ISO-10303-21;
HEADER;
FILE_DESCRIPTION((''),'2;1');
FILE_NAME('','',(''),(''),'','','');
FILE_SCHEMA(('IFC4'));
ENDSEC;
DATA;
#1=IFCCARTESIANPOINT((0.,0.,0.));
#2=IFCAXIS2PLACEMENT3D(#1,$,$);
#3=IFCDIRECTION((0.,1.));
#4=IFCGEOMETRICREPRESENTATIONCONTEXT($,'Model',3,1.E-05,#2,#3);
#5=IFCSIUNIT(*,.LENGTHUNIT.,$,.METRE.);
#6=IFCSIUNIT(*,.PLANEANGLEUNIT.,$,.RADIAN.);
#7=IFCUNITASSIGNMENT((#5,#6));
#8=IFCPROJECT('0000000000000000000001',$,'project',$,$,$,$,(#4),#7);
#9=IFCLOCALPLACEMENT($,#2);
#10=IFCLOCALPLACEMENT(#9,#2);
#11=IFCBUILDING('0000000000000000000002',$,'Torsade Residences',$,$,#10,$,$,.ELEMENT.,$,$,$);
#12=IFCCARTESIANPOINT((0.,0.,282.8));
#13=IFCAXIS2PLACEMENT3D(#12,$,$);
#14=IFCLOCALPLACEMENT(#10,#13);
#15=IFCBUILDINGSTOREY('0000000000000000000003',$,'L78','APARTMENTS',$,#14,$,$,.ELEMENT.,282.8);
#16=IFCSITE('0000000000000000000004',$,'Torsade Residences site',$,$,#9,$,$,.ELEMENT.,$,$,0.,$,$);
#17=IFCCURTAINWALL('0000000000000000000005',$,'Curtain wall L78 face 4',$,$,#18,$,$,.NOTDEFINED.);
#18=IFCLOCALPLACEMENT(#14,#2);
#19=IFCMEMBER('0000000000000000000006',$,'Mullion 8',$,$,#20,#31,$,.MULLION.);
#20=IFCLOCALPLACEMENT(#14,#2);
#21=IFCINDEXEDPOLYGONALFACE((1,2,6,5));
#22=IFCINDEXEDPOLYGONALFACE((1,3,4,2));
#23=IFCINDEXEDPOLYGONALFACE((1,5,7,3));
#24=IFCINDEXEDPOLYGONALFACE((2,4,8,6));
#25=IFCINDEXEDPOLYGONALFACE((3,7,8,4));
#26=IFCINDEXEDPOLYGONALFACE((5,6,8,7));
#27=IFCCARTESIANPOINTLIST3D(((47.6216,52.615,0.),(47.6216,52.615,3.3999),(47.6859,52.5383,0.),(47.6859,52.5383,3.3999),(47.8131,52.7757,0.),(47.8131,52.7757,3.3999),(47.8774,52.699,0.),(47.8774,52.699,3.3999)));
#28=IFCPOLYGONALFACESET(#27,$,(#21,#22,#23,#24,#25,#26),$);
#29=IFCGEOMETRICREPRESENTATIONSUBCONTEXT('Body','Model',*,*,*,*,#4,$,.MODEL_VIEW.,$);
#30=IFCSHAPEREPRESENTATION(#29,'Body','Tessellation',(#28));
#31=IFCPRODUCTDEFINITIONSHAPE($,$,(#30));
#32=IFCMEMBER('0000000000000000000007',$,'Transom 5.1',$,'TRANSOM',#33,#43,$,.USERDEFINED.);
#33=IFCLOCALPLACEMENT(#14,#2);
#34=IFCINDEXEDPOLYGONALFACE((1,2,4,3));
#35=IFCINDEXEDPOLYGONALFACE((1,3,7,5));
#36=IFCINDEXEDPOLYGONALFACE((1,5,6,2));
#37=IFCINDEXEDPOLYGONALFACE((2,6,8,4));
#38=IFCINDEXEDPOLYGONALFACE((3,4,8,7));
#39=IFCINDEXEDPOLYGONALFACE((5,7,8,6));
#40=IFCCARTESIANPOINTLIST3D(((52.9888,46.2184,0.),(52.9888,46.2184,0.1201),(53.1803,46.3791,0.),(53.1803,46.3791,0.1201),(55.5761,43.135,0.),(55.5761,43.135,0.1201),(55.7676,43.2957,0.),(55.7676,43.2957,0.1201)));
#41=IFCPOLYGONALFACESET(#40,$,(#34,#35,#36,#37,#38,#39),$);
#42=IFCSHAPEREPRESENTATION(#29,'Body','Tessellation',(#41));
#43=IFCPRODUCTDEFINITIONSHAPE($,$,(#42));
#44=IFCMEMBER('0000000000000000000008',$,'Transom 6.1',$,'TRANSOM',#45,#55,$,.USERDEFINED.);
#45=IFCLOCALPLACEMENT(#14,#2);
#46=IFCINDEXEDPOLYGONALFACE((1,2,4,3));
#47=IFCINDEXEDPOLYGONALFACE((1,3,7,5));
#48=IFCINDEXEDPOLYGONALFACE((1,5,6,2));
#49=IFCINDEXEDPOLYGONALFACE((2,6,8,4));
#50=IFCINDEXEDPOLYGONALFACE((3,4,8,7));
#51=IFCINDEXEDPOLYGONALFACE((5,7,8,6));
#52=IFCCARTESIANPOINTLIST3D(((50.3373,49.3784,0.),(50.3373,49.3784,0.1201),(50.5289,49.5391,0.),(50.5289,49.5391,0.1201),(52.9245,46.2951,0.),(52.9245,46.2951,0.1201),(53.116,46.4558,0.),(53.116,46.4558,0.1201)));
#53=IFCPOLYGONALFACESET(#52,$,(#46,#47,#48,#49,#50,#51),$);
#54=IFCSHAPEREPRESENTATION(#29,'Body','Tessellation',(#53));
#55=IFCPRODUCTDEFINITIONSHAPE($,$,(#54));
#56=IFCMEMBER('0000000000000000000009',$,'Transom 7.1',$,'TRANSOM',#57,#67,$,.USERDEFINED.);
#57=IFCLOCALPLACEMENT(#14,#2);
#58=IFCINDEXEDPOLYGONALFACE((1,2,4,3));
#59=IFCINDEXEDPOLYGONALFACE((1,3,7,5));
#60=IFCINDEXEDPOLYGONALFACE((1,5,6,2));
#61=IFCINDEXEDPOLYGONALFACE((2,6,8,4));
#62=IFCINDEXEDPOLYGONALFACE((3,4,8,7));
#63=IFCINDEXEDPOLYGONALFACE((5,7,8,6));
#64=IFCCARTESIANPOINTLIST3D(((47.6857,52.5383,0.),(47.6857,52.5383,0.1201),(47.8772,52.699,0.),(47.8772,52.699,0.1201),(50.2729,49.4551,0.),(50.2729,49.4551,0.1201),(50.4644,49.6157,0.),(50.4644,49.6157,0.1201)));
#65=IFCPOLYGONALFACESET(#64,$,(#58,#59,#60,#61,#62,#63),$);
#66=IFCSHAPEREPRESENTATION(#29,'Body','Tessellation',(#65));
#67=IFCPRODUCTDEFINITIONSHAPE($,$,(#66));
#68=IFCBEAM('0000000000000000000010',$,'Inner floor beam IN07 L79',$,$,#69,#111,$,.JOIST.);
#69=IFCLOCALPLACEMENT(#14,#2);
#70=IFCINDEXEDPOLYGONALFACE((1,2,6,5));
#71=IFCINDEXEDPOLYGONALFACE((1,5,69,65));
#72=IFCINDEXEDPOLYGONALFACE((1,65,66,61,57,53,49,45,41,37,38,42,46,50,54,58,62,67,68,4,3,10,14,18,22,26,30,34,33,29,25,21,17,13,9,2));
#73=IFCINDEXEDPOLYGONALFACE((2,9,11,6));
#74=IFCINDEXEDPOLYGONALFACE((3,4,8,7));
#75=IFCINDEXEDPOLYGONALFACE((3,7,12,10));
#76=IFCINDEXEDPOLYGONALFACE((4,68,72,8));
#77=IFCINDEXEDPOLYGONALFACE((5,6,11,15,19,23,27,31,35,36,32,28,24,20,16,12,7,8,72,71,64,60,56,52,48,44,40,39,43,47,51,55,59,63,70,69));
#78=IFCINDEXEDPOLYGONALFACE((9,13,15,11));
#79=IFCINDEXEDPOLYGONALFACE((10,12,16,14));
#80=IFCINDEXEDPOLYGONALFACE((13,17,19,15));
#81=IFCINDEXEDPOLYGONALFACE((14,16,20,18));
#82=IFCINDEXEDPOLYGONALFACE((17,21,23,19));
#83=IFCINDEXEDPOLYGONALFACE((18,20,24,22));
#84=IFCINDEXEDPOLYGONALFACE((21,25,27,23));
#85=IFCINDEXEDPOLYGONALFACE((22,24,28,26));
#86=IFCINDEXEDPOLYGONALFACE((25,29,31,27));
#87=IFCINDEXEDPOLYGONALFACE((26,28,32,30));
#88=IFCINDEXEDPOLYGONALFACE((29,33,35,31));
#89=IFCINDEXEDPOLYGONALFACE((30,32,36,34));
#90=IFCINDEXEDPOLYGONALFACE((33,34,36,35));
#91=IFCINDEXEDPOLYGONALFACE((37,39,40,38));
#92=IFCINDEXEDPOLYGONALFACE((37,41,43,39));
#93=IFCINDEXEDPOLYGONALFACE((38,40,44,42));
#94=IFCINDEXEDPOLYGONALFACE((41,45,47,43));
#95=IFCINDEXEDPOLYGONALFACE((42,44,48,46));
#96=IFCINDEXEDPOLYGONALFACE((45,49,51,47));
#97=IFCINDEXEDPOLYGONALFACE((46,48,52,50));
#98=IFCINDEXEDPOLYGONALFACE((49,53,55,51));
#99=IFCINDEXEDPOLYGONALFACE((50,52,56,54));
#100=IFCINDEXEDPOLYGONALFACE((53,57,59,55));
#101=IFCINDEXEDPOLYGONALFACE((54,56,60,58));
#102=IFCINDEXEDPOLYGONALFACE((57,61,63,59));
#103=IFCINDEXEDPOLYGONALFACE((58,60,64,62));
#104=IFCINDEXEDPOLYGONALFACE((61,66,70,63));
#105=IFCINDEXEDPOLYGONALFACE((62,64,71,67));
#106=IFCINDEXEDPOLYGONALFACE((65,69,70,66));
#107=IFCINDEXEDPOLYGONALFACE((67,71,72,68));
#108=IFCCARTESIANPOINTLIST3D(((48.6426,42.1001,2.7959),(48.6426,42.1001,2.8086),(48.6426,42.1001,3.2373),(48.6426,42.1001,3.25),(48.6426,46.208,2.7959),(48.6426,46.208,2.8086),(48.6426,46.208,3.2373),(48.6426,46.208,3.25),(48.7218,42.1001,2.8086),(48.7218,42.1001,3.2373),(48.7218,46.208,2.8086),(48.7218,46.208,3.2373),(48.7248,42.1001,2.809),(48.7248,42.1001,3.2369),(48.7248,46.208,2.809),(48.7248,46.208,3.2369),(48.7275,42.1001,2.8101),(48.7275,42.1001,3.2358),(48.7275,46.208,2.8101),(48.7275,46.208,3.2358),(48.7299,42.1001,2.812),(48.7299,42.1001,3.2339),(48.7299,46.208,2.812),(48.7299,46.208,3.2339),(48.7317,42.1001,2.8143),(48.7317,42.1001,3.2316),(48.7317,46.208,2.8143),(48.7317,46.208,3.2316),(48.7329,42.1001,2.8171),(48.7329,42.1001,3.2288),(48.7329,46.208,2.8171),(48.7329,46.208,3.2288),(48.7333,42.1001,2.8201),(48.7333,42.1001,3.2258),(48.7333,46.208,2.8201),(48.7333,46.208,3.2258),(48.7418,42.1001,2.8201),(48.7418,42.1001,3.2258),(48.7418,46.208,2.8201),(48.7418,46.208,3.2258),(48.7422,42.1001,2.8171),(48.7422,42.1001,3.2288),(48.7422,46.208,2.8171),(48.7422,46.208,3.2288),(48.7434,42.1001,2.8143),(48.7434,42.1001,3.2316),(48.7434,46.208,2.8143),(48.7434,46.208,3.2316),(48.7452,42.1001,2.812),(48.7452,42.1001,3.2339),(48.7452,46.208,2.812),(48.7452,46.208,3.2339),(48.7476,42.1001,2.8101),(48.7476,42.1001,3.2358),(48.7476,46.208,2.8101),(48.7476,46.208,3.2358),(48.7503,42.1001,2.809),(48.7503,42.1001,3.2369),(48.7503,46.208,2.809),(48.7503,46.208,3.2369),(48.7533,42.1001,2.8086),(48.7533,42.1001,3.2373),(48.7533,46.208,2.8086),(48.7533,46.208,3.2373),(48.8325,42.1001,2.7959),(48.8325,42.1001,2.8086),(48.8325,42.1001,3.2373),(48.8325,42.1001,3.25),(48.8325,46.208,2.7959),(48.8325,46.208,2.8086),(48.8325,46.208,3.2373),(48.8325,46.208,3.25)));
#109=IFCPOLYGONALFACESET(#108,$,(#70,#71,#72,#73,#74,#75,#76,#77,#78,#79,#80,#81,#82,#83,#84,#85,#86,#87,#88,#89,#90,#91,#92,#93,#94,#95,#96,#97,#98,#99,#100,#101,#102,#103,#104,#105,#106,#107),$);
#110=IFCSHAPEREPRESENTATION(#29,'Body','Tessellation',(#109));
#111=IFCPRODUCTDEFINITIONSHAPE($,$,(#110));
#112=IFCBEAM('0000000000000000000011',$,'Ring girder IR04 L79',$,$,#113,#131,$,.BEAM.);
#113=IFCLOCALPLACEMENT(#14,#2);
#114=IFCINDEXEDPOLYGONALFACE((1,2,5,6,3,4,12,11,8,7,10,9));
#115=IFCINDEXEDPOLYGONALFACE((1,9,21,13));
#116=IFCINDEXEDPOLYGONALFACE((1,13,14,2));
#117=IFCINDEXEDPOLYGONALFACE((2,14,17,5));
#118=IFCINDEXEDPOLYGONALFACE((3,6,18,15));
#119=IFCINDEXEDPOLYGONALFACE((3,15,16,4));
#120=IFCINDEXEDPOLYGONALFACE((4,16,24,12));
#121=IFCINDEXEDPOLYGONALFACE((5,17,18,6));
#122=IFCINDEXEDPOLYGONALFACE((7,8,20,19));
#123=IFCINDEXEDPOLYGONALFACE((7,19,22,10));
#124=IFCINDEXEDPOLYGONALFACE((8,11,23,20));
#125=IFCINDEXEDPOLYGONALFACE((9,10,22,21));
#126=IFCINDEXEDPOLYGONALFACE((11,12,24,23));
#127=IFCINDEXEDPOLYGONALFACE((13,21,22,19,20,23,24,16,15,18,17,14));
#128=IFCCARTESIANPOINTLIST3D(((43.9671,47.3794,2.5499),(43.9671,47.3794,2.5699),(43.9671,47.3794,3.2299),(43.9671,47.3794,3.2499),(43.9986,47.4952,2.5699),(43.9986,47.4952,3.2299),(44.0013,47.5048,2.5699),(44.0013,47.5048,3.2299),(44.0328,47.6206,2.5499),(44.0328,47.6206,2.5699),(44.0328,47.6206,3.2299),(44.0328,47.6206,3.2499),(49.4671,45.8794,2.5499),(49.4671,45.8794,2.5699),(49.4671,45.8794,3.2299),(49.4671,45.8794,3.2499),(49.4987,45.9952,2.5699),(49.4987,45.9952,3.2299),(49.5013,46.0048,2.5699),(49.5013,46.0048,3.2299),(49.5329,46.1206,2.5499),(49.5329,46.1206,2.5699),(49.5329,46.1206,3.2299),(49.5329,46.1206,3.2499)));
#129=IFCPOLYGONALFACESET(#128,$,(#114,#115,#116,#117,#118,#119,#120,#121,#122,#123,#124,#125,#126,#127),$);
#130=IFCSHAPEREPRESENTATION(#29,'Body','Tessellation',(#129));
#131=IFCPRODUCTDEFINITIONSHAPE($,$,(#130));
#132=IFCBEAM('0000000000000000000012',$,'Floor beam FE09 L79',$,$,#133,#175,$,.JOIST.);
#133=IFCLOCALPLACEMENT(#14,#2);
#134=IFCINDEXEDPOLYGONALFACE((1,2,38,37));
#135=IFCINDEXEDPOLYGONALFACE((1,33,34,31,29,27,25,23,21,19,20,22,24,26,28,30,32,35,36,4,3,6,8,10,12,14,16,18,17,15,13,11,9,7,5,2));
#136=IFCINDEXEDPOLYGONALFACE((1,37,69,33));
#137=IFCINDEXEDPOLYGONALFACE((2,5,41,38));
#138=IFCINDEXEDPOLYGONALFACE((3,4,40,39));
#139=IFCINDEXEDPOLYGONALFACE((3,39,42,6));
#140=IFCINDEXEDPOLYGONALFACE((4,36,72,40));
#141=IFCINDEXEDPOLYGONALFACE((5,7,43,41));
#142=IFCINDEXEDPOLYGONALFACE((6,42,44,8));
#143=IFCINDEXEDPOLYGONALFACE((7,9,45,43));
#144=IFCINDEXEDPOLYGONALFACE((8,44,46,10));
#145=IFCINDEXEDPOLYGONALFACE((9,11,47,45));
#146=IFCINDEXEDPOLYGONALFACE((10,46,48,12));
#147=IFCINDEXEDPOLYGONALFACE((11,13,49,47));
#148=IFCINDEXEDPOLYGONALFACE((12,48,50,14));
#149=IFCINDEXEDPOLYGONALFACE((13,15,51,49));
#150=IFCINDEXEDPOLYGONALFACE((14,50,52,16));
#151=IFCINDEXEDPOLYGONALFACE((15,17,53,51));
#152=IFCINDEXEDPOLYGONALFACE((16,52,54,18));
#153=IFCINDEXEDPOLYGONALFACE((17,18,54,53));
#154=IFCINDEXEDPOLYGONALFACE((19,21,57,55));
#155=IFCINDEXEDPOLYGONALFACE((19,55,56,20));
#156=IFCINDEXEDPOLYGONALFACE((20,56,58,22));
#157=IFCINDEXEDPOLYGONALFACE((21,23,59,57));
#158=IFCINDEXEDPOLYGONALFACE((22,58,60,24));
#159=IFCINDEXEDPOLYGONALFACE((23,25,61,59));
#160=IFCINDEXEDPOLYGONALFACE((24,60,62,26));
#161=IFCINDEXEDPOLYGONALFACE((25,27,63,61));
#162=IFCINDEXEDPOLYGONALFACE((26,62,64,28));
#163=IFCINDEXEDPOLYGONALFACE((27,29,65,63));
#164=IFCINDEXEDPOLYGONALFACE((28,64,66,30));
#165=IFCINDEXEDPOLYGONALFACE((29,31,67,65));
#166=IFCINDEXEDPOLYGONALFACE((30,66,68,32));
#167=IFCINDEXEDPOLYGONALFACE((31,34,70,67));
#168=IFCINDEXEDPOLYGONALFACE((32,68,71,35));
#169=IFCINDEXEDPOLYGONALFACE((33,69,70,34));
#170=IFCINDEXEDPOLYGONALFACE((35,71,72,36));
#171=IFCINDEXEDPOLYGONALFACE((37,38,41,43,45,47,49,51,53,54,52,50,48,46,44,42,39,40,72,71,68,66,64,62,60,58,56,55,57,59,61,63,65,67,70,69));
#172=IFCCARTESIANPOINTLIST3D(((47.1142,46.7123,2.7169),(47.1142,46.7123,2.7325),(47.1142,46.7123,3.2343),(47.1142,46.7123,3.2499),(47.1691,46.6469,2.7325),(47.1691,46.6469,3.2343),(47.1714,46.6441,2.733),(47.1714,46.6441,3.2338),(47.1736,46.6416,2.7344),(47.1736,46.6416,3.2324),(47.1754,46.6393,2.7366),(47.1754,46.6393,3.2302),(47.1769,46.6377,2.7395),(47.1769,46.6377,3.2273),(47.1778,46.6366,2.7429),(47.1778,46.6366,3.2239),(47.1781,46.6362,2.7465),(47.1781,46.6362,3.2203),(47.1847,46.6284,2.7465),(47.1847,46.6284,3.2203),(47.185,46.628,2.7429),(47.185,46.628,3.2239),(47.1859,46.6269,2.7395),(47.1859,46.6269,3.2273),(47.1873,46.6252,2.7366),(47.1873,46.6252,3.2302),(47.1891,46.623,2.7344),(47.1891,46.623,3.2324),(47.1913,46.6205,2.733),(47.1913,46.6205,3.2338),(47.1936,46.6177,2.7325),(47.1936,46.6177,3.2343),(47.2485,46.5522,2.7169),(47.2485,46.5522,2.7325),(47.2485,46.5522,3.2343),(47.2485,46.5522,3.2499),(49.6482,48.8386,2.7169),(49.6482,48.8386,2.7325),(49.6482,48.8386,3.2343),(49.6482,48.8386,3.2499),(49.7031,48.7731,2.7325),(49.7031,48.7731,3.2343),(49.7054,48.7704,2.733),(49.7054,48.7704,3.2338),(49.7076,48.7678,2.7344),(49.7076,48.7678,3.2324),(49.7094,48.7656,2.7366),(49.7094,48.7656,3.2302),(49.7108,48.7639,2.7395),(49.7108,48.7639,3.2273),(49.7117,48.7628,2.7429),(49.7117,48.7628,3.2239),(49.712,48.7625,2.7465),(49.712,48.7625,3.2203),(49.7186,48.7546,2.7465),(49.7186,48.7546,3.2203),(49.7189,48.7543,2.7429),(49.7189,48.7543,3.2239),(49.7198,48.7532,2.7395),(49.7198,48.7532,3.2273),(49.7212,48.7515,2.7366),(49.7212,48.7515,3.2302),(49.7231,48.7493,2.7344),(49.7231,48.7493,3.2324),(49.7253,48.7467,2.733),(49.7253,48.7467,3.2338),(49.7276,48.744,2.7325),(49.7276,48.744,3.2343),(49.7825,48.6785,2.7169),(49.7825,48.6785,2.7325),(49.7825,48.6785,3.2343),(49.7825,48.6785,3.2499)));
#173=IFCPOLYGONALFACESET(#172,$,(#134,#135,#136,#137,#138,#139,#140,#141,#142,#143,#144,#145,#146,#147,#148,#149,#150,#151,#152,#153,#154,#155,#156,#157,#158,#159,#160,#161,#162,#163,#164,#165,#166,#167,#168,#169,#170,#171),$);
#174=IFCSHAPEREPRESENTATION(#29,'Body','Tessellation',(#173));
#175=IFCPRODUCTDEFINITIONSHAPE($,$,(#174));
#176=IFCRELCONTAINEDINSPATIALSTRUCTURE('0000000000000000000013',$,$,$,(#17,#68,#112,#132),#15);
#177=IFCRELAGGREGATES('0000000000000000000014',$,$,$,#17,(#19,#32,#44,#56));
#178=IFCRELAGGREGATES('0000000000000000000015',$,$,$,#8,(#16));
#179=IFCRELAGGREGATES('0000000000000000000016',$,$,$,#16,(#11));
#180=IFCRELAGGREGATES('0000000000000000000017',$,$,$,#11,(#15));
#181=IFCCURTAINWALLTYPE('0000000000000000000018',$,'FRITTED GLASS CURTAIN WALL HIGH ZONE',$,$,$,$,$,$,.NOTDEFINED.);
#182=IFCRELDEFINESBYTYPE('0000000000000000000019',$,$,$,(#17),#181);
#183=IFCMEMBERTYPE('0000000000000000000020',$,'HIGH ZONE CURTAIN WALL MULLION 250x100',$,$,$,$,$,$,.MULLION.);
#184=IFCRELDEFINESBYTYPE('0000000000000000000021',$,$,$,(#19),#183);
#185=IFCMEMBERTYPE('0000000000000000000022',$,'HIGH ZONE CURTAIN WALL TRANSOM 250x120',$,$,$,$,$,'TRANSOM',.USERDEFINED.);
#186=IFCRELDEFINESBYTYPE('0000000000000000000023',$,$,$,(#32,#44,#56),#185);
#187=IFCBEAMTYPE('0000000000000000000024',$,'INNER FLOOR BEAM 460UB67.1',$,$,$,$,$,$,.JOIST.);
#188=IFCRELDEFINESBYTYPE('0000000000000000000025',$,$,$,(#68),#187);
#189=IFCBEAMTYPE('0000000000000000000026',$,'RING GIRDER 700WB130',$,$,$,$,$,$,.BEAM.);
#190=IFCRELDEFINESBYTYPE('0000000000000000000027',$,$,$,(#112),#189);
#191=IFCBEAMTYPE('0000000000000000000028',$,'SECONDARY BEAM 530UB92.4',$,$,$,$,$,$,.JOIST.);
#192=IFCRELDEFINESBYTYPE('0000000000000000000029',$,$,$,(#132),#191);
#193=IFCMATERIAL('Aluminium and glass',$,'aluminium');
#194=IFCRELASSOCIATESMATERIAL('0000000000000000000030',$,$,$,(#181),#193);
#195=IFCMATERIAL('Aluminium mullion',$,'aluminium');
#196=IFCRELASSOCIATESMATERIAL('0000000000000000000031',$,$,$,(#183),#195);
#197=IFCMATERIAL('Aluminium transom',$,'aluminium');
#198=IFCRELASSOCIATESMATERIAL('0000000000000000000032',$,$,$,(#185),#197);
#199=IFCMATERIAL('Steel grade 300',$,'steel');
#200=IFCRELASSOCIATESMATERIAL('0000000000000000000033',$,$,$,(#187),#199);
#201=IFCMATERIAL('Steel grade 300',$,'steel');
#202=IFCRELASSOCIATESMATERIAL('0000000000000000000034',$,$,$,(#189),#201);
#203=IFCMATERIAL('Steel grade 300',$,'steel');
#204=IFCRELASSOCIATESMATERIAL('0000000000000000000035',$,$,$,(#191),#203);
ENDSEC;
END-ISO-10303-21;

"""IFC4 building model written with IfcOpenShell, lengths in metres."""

from ifc_helpers import new_model, si_unit, direction, frame, origin, origin_2d, place, context, subcontext, project, spatial, rectangle, i_section, extrude, material, material_profile, profile_set, type_object, element, aggregate, save


model = new_model("IFC4")

# Units and contexts
model_context = context("Model", 3, precision=1e-05, world=origin(), true_north=direction((0.0, 1.0)))
body_context = subcontext(model_context, "Body", "Model", "MODEL_VIEW")
ifc_project = project(units=[si_unit("LENGTHUNIT", "METRE"), si_unit("PLANEANGLEUNIT", "RADIAN")], contexts=[model_context])

# Site, building, storey
site_placement = place(None, origin())
site = spatial("IfcSite", under=ifc_project, at=site_placement, Name="Torsade Residences site", CompositionType="ELEMENT", RefElevation=0.0)
building_placement = place(site_placement, origin())
building = spatial("IfcBuilding", under=site, at=building_placement, Name="Torsade Residences", CompositionType="ELEMENT")
storey_placement = place(building_placement, frame((0.0, 0.0, 282.8)))
storey = spatial("IfcBuildingStorey", under=building, at=storey_placement, Name="L78", Description="APARTMENTS", CompositionType="ELEMENT", Elevation=282.8)

# Curtain wall, members
ifc_material_1 = material(Name="Aluminium and glass", Category="aluminium")
curtain_wall_type = type_object("IfcCurtainWallType", Name="FRITTED GLASS CURTAIN WALL HIGH ZONE", PredefinedType="NOTDEFINED", material=ifc_material_1)
curtain_wall_placement = place(storey_placement, origin())
curtain_wall = element("IfcCurtainWall", 1, at=curtain_wall_placement, inside=storey, type_object=curtain_wall_type, Name="Curtain wall L78 face 4", PredefinedType="NOTDEFINED")
ifc_material_2 = material(Name="Aluminium mullion", Category="aluminium")
ifc_material_profile_1 = material_profile(ifc_material_2, rectangle(XDim=0.25, YDim=0.1001, at=origin_2d()), Name="HIGH ZONE CURTAIN WALL MULLION 250x100")
ifc_profile_set_1 = profile_set([ifc_material_profile_1], Name="Aluminium mullion")
member_type_1 = type_object("IfcMemberType", Name="HIGH ZONE CURTAIN WALL MULLION 250x100", PredefinedType="MULLION", material=ifc_profile_set_1)
member_1_placement = place(storey_placement, frame((47.7495, 52.657, 0.0), z_axis=(0.0, 0.0, 1.0), x_axis=(-0.766044, -0.642788, 0.0)))
member_1 = element("IfcMember", 2, at=member_1_placement, type_object=member_type_1, Name="Mullion 8", PredefinedType="MULLION", context=body_context, shape_type="SweptSolid", body=[
    extrude(rectangle(XDim=0.25, YDim=0.1001, at=origin_2d()), origin(), (0.0, 0.0, 1.0), 3.3999),
])
ifc_material_3 = material(Name="Aluminium transom", Category="aluminium")
ifc_material_profile_2 = material_profile(ifc_material_3, rectangle(XDim=0.25, YDim=0.1201, at=origin_2d()), Name="HIGH ZONE CURTAIN WALL TRANSOM 250x120")
ifc_profile_set_2 = profile_set([ifc_material_profile_2], Name="Aluminium transom")
member_type_2 = type_object("IfcMemberType", Name="HIGH ZONE CURTAIN WALL TRANSOM 250x120", ElementType="TRANSOM", PredefinedType="USERDEFINED", material=ifc_profile_set_2)
member_2_placement = place(storey_placement, frame((55.6719, 43.2153, 0.0601), z_axis=(-0.642794, 0.766039, 0.0), x_axis=(-0.766039, -0.642794, 0.0)))
member_2 = element("IfcMember", 3, at=member_2_placement, type_object=member_type_2, Name="Transom 5.1", ObjectType="TRANSOM", PredefinedType="USERDEFINED", context=body_context, shape_type="SweptSolid", body=[
    extrude(rectangle(XDim=0.25, YDim=0.1201, at=origin_2d()), origin(), (0.0, 0.0, 1.0), 4.0251),
])
member_3_placement = place(storey_placement, frame((53.0203, 46.3755, 0.0601), z_axis=(-0.642788, 0.766044, 0.0), x_axis=(-0.766044, -0.642788, 0.0)))
member_3 = element("IfcMember", 4, at=member_3_placement, type_object=member_type_2, Name="Transom 6.1", ObjectType="TRANSOM", PredefinedType="USERDEFINED", context=body_context, shape_type="SweptSolid", body=[
    extrude(rectangle(XDim=0.25, YDim=0.1201, at=origin_2d()), origin(), (0.0, 0.0, 1.0), 4.0249),
])
member_4_placement = place(storey_placement, frame((50.3687, 49.5354, 0.0601), z_axis=(-0.642788, 0.766044, 0.0), x_axis=(-0.766044, -0.642788, 0.0)))
member_4 = element("IfcMember", 5, at=member_4_placement, type_object=member_type_2, Name="Transom 7.1", ObjectType="TRANSOM", PredefinedType="USERDEFINED", context=body_context, shape_type="SweptSolid", body=[
    extrude(rectangle(XDim=0.25, YDim=0.1201, at=origin_2d()), origin(), (0.0, 0.0, 1.0), 4.0249),
])

# Beams
ifc_material_4 = material(Name="Steel grade 300", Category="steel")
ifc_material_profile_3 = material_profile(ifc_material_4, i_section(OverallWidth=0.1899, OverallDepth=0.4541, WebThickness=0.0085, FlangeThickness=0.0127, FilletRadius=0.0115, at=origin_2d()), Name="460UB67.1")
ifc_profile_set_3 = profile_set([ifc_material_profile_3], Name="Steel grade 300")
beam_type_1 = type_object("IfcBeamType", Name="INNER FLOOR BEAM 460UB67.1", PredefinedType="JOIST", material=ifc_profile_set_3)
beam_1_placement = place(storey_placement, frame((48.7375, 42.1001, 3.0229), z_axis=(0.0, 1.0, 0.0), x_axis=(-1.0, 0.0, 0.0)))
element("IfcBeam", 6, at=beam_1_placement, inside=storey, type_object=beam_type_1, Name="Inner floor beam IN07 L79", PredefinedType="JOIST", context=body_context, shape_type="SweptSolid", body=[
    extrude(i_section(OverallWidth=0.1899, OverallDepth=0.4541, WebThickness=0.0085, FlangeThickness=0.0127, FilletRadius=0.0115, at=origin_2d()), origin(), (0.0, 0.0, 1.0), 4.1079),
])
ifc_material_5 = material(Name="Steel grade 300", Category="steel")
ifc_material_profile_4 = material_profile(ifc_material_5, i_section(OverallWidth=0.25, OverallDepth=0.7, WebThickness=0.01, FlangeThickness=0.02, at=origin_2d()), Name="700WB130")
ifc_profile_set_4 = profile_set([ifc_material_profile_4], Name="Steel grade 300")
beam_type_2 = type_object("IfcBeamType", Name="RING GIRDER 700WB130", PredefinedType="BEAM", material=ifc_profile_set_4)
beam_2_placement = place(storey_placement, frame((49.5, 46.0, 2.8999), z_axis=(-0.964764, 0.263117, 0.0), x_axis=(-0.263117, -0.964764, 0.0)))
element("IfcBeam", 7, at=beam_2_placement, inside=storey, type_object=beam_type_2, Name="Ring girder IR04 L79", PredefinedType="BEAM", context=body_context, shape_type="SweptSolid", body=[
    extrude(i_section(OverallWidth=0.25, OverallDepth=0.7, WebThickness=0.01, FlangeThickness=0.02, at=origin_2d()), origin(), (0.0, 0.0, 1.0), 5.7009),
])
ifc_material_6 = material(Name="Steel grade 300", Category="steel")
ifc_material_profile_5 = material_profile(ifc_material_6, i_section(OverallWidth=0.209, OverallDepth=0.533, WebThickness=0.0103, FlangeThickness=0.0156, FilletRadius=0.0139, at=origin_2d()), Name="530UB92.4")
ifc_profile_set_5 = profile_set([ifc_material_profile_5], Name="Steel grade 300")
beam_type_3 = type_object("IfcBeamType", Name="SECONDARY BEAM 530UB92.4", PredefinedType="JOIST", material=ifc_profile_set_5)
beam_3_placement = place(storey_placement, frame((49.7153, 48.7585, 2.9834), z_axis=(-0.766045, -0.642787, 0.0), x_axis=(0.642787, -0.766045, 0.0)))
element("IfcBeam", 8, at=beam_3_placement, inside=storey, type_object=beam_type_3, Name="Floor beam FE09 L79", PredefinedType="JOIST", context=body_context, shape_type="SweptSolid", body=[
    extrude(i_section(OverallWidth=0.209, OverallDepth=0.533, WebThickness=0.0103, FlangeThickness=0.0156, FilletRadius=0.0139, at=origin_2d()), origin(), (0.0, 0.0, 1.0), 3.3079),
])

aggregate(curtain_wall, [member_1, member_2, member_3, member_4])

save(model, "model.ifc")
